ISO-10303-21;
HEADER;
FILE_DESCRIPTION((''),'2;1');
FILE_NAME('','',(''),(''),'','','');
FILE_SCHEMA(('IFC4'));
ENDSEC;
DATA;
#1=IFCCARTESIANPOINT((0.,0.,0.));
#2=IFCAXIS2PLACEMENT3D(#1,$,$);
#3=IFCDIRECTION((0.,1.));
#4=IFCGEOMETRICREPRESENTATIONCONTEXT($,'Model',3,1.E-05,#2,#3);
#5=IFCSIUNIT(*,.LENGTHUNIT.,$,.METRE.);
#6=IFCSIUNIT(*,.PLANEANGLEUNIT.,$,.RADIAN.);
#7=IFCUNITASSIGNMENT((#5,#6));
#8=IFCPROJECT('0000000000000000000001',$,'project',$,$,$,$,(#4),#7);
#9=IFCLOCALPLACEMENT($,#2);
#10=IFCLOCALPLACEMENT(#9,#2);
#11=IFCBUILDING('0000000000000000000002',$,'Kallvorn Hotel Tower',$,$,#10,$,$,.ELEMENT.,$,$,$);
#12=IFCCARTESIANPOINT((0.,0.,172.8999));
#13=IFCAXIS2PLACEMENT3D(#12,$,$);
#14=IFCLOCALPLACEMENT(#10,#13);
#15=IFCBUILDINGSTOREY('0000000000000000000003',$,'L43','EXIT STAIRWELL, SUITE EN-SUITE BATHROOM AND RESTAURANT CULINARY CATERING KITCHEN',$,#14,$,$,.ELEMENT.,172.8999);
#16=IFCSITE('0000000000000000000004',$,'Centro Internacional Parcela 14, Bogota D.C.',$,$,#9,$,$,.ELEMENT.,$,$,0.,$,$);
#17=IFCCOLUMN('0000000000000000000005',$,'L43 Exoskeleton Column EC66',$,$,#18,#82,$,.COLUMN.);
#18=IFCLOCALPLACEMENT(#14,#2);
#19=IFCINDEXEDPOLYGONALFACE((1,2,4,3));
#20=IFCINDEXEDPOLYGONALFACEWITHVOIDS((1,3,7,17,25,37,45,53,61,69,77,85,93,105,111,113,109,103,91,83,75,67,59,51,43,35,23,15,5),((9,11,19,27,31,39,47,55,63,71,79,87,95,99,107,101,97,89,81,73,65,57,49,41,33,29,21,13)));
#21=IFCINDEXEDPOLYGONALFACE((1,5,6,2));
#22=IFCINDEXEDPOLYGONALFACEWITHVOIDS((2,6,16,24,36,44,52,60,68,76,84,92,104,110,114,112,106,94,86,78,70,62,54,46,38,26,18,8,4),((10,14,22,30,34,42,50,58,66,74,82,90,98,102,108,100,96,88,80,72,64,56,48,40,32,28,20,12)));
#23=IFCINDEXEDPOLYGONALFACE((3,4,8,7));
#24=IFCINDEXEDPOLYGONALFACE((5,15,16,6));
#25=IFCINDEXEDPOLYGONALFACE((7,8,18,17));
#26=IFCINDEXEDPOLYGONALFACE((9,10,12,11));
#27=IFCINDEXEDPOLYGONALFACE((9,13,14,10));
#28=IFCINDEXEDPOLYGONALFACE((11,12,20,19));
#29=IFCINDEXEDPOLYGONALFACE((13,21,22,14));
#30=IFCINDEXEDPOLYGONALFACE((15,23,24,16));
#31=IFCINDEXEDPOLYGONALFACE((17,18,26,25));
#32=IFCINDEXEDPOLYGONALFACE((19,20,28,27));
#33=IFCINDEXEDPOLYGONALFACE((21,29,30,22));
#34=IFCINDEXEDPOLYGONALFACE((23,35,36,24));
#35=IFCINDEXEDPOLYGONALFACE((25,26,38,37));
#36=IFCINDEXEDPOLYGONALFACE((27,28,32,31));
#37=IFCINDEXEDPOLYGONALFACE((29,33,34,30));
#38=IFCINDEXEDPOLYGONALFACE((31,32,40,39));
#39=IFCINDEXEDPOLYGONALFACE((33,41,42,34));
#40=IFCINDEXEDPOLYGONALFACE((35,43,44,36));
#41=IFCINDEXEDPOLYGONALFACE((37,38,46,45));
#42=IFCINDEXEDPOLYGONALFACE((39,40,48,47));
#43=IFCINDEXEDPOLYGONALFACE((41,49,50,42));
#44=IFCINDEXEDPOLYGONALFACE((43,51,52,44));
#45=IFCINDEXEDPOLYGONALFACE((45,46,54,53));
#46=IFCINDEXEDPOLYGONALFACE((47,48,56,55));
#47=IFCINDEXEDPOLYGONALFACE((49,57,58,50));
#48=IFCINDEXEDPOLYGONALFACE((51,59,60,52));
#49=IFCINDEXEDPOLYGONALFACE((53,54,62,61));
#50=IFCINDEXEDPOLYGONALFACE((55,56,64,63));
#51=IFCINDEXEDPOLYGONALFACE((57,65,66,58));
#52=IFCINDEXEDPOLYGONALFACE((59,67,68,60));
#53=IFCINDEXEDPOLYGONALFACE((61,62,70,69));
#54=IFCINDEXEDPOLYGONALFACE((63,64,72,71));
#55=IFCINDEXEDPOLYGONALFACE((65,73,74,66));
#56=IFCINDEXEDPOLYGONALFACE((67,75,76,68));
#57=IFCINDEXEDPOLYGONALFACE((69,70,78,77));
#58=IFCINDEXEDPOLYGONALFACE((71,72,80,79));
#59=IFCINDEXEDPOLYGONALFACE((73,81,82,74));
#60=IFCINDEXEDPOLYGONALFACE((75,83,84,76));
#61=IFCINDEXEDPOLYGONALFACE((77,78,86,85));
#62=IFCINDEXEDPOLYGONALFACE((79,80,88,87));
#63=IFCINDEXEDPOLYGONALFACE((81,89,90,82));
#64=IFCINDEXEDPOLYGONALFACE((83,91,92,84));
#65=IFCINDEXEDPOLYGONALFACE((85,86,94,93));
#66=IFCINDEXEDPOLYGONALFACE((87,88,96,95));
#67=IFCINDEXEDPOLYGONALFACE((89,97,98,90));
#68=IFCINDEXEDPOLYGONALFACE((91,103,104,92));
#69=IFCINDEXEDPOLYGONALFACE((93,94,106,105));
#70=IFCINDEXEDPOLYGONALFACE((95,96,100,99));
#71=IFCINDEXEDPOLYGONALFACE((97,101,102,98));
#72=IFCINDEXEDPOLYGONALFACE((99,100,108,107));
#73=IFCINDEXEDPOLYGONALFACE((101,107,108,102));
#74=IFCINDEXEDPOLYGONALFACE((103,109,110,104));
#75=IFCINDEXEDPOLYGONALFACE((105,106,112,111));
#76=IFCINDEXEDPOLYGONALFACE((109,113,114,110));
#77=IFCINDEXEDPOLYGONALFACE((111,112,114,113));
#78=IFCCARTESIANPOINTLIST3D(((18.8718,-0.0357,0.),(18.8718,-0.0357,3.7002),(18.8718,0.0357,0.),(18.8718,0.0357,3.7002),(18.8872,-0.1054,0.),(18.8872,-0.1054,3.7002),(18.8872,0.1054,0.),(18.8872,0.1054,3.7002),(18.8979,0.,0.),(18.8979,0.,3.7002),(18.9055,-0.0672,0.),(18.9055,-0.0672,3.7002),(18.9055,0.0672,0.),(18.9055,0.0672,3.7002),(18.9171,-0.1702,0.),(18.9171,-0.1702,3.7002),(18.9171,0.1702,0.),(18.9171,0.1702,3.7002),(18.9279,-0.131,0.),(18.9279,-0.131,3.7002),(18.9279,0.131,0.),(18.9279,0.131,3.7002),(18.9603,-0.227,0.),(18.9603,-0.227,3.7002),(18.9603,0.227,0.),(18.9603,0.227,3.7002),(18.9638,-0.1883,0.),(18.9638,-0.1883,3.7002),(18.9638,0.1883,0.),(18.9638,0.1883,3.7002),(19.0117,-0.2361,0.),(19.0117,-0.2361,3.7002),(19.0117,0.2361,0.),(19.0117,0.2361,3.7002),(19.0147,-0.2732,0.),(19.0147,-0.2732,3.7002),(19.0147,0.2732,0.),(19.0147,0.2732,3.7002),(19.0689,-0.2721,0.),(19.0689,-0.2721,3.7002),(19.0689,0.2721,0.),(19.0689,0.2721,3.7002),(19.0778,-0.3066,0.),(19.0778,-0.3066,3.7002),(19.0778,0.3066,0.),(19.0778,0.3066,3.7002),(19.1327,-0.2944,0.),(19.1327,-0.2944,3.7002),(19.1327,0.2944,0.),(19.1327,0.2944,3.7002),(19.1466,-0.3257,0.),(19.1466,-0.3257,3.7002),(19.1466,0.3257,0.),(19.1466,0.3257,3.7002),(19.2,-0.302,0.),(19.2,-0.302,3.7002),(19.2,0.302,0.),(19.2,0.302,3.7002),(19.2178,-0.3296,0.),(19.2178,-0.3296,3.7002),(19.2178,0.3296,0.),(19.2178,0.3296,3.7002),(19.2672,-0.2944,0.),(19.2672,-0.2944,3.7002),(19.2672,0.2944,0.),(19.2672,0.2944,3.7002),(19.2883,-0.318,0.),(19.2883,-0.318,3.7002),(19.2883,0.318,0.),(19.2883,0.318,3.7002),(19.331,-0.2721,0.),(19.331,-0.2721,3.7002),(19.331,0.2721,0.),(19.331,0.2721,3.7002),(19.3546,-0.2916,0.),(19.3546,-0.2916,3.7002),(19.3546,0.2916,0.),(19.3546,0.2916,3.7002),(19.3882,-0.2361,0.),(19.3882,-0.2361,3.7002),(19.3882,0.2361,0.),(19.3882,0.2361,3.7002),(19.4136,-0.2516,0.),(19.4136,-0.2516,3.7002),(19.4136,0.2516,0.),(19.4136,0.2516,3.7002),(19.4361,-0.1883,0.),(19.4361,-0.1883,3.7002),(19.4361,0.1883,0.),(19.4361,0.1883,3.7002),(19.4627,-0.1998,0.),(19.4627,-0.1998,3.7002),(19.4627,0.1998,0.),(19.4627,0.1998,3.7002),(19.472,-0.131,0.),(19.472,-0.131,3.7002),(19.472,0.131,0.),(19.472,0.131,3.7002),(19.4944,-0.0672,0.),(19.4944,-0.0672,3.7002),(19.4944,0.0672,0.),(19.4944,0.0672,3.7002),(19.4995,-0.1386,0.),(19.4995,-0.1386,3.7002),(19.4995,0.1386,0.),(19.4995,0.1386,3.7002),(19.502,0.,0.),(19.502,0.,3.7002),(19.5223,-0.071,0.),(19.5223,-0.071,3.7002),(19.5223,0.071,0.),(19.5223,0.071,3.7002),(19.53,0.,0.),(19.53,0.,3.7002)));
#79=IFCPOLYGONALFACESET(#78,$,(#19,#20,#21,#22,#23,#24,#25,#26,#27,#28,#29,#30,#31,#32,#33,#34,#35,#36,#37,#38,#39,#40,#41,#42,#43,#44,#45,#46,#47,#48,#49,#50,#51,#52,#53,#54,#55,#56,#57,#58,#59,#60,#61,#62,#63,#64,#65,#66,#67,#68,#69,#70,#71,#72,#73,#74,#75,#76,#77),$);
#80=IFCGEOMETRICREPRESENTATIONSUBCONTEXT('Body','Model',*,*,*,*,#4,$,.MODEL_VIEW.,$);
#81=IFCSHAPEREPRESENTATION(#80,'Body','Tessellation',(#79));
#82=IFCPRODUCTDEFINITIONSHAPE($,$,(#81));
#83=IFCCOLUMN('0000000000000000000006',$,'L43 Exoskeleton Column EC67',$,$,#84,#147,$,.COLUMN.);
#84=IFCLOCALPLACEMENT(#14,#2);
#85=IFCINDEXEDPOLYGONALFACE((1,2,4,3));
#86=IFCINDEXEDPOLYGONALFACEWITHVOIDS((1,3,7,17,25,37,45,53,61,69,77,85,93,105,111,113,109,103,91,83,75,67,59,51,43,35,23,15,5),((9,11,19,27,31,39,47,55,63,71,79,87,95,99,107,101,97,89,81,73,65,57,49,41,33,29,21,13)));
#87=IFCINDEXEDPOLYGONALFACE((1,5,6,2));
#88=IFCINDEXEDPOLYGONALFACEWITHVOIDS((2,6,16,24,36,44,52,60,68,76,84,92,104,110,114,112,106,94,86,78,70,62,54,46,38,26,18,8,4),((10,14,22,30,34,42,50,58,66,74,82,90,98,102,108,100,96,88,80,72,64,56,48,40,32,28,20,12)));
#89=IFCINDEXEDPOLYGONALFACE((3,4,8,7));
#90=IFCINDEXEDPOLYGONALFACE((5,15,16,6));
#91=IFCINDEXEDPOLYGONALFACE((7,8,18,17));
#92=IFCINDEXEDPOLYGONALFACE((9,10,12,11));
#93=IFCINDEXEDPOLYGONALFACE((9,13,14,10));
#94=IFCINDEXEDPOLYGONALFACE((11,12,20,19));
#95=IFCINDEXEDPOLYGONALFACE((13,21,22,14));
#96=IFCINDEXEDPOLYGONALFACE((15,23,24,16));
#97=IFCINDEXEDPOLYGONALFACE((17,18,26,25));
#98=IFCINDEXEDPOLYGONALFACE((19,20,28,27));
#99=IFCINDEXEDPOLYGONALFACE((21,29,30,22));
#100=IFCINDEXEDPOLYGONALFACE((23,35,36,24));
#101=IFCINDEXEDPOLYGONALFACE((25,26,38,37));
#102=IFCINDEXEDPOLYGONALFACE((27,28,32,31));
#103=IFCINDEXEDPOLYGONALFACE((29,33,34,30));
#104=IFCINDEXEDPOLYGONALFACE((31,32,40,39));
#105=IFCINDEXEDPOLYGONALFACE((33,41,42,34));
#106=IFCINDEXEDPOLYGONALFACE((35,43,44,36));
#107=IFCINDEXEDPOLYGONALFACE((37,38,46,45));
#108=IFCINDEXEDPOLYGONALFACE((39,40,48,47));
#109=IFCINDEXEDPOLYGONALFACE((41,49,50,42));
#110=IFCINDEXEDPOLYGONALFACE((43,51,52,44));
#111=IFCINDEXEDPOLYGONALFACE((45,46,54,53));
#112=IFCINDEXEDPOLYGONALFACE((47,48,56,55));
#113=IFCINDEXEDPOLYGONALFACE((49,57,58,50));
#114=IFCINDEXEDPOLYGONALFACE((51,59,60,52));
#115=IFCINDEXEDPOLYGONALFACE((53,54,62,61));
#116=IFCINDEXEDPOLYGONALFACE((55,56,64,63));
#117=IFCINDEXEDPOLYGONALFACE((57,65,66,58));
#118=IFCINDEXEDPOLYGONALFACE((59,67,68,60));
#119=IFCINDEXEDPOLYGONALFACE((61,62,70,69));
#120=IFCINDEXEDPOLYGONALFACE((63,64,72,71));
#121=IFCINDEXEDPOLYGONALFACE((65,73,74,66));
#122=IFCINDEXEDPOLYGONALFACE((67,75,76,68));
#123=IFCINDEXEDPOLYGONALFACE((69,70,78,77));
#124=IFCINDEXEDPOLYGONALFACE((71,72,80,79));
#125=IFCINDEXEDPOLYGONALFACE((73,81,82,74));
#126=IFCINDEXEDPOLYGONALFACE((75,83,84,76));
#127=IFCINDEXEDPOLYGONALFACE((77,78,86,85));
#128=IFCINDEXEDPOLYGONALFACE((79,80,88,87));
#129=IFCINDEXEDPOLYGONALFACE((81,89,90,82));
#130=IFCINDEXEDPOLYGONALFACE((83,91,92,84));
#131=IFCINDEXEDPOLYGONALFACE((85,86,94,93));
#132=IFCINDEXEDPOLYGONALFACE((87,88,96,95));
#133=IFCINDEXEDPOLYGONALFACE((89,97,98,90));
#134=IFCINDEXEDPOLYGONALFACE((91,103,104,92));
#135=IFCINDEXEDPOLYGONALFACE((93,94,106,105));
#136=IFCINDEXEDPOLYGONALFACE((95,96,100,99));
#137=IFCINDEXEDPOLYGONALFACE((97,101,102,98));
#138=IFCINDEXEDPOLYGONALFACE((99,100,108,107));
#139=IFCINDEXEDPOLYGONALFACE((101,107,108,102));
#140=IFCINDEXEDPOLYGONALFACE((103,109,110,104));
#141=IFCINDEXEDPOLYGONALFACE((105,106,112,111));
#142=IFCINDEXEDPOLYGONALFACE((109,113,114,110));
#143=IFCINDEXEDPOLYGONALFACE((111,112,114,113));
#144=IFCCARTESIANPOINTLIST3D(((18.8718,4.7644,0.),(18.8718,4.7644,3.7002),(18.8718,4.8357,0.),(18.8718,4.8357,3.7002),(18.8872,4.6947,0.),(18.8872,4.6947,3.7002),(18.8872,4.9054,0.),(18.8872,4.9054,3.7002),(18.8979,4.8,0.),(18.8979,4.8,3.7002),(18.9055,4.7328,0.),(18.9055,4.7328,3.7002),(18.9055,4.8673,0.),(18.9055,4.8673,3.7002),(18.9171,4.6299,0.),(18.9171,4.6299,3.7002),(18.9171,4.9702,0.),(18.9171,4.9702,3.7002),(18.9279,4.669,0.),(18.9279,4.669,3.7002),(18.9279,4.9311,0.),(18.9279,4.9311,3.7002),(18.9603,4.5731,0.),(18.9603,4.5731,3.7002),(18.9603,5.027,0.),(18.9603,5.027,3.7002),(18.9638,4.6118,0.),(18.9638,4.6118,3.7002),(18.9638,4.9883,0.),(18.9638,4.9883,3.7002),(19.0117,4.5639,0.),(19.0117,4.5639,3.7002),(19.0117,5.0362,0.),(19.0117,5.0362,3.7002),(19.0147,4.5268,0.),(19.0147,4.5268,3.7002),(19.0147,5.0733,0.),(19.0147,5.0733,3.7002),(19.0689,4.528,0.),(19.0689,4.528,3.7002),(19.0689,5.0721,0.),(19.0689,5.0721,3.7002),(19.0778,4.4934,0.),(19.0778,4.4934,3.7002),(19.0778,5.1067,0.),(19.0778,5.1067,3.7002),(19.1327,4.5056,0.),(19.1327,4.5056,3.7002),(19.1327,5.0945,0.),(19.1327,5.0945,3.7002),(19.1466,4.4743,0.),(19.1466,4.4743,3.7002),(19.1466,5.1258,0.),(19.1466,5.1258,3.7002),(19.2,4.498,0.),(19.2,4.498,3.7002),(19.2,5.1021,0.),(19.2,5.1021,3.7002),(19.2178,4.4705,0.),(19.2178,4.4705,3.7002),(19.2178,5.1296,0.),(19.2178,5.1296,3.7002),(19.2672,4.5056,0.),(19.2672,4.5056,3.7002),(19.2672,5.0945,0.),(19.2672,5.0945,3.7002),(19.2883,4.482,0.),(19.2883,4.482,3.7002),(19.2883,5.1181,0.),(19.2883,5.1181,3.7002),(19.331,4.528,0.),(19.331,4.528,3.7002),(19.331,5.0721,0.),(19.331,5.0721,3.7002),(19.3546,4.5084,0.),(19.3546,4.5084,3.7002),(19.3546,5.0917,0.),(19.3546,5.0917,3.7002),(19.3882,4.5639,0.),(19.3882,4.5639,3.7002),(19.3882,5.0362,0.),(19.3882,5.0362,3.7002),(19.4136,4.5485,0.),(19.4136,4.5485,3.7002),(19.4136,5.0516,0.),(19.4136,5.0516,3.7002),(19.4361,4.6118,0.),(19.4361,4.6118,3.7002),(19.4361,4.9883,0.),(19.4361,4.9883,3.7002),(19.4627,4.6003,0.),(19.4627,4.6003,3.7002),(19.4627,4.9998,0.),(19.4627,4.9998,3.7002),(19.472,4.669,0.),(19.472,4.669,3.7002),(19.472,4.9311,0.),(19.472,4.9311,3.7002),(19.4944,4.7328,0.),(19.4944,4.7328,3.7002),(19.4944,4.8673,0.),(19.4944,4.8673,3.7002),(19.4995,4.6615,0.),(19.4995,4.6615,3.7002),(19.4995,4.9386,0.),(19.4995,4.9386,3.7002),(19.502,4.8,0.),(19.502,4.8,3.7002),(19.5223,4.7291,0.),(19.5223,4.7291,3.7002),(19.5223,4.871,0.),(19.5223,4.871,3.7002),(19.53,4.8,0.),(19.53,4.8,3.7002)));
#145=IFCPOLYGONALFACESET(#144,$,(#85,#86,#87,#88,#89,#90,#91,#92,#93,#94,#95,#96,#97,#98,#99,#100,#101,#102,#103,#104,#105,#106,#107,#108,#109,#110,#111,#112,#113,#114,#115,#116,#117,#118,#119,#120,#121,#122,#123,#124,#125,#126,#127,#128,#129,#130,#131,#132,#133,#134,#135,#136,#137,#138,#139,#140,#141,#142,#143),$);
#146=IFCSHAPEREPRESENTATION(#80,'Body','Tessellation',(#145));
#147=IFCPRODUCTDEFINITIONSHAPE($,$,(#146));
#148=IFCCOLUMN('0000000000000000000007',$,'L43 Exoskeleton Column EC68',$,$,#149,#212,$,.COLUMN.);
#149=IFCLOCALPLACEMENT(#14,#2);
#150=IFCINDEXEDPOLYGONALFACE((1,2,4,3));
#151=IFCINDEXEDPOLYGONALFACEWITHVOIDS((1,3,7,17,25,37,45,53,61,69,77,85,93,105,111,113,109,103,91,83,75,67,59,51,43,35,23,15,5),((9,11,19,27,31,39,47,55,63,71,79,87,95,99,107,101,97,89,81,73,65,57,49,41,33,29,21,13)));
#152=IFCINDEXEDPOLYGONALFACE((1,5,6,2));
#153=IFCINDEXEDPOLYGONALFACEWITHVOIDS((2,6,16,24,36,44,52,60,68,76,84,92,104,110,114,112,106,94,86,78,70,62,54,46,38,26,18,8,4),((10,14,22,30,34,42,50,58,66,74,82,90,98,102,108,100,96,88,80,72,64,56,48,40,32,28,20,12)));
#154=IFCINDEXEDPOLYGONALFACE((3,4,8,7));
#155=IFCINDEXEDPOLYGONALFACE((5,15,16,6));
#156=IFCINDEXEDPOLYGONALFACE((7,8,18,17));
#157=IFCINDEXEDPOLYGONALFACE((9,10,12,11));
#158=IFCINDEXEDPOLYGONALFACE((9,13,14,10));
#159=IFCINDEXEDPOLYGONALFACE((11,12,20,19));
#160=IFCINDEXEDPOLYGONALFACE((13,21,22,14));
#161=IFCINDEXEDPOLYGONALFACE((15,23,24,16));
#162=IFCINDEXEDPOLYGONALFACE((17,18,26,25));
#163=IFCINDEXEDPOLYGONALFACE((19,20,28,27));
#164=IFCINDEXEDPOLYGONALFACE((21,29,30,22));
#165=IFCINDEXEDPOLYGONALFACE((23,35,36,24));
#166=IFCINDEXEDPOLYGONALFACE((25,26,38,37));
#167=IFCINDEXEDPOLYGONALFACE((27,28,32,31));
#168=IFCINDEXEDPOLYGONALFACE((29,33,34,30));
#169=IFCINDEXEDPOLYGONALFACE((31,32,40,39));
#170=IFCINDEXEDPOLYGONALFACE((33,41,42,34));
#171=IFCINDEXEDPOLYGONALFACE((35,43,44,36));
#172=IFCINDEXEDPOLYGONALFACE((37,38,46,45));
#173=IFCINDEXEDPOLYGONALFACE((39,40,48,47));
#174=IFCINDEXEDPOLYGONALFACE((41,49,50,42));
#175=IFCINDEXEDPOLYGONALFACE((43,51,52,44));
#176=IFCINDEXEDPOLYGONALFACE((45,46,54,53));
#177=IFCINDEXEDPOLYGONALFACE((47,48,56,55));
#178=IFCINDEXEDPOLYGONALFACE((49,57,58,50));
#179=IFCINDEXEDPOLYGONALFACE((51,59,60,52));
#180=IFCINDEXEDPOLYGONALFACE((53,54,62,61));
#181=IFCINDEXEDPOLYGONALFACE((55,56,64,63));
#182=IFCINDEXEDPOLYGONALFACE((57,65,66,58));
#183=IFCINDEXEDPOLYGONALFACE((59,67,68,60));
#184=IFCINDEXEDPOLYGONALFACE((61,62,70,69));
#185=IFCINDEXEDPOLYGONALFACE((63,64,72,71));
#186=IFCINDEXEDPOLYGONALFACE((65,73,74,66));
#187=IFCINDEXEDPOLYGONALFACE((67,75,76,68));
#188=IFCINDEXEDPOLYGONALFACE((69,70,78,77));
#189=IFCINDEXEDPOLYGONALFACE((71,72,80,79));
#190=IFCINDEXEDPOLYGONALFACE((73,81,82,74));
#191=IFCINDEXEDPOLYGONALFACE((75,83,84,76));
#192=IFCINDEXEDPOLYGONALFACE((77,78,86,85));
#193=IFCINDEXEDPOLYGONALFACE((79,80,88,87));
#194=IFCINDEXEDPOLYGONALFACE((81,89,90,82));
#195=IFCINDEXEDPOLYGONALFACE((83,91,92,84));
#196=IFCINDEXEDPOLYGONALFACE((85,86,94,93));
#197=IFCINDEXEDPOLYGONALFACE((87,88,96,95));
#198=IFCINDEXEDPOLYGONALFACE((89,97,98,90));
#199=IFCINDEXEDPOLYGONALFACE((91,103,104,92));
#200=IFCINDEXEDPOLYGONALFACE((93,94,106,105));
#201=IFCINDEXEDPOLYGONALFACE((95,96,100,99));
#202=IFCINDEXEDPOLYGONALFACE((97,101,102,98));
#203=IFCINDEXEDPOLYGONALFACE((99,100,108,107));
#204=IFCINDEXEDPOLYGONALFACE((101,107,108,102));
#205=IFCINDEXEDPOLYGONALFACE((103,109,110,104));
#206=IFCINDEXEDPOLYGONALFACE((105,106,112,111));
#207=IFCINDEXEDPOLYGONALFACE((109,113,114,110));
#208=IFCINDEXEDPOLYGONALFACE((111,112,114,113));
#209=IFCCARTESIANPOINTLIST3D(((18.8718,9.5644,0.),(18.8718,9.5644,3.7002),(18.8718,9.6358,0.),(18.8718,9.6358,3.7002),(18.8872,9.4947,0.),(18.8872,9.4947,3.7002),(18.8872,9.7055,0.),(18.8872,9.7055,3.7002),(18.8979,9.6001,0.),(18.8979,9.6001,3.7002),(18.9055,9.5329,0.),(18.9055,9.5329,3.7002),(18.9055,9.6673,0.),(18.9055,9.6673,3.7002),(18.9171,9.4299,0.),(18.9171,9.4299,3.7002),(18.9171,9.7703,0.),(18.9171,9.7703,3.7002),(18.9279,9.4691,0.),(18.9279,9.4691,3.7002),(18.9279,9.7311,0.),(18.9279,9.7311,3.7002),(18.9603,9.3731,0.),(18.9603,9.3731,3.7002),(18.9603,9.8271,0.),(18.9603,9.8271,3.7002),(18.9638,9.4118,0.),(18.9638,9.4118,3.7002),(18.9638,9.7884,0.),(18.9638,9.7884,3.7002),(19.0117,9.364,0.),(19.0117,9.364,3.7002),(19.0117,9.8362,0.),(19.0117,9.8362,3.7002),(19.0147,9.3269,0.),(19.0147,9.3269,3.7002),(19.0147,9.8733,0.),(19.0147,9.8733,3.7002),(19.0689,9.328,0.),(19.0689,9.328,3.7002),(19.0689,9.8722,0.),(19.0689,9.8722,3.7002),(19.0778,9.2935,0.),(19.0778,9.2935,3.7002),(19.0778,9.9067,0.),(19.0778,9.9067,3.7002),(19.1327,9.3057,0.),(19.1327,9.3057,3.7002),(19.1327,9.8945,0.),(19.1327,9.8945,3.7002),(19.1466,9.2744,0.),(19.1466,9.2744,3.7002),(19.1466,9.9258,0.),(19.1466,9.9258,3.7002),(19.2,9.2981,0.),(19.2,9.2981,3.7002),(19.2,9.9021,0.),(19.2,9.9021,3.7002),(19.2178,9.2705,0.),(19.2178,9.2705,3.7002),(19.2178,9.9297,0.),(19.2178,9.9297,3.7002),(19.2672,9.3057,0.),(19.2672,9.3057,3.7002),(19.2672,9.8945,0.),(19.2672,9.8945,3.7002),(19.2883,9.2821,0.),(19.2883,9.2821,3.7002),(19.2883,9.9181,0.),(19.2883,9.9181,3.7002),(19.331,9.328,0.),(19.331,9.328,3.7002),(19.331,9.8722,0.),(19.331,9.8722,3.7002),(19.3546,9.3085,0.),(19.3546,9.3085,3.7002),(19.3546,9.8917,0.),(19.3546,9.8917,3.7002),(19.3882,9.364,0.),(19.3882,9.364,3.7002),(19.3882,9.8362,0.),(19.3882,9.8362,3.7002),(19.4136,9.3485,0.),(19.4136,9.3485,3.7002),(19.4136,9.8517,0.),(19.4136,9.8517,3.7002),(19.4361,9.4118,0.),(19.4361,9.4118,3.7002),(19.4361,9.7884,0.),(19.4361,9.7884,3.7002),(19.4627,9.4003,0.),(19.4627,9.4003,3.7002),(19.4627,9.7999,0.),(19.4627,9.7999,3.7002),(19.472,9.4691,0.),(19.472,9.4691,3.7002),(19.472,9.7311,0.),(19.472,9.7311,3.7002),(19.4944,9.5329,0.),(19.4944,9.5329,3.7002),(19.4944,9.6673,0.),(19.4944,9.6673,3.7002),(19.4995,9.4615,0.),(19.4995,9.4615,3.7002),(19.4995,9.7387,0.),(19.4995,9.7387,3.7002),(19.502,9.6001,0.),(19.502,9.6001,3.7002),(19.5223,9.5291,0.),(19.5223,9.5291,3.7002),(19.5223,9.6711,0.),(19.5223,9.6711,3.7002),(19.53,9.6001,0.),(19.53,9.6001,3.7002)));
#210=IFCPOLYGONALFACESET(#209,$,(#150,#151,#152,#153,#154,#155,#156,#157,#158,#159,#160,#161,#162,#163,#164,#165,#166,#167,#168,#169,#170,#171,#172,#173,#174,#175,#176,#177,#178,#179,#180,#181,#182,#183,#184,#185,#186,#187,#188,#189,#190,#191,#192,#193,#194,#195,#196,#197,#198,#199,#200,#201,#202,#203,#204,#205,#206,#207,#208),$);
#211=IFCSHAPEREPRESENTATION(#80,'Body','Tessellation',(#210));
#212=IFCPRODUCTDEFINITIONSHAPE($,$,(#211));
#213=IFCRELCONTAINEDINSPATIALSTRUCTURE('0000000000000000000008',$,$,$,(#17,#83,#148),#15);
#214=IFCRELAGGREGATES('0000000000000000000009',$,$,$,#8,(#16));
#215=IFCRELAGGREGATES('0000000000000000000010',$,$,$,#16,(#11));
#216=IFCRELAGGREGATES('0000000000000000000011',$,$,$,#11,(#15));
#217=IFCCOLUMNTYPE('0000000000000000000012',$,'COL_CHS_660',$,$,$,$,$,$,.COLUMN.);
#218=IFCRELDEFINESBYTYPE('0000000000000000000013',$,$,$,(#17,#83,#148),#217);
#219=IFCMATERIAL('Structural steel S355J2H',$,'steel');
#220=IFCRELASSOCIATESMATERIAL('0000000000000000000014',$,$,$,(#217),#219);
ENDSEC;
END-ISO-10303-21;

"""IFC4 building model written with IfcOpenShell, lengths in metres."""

from ifc_helpers import new_model, si_unit, direction, frame, origin, origin_2d, place, context, subcontext, project, spatial, hollow_circle, extrude, material, material_profile, profile_set, type_object, element, save


model = new_model("IFC4")

# Units and contexts
model_context = context("Model", 3, precision=1e-05, world=origin(), true_north=direction((0.0, 1.0)))
body_context = subcontext(model_context, "Body", "Model", "MODEL_VIEW")
ifc_project = project(units=[si_unit("LENGTHUNIT", "METRE"), si_unit("PLANEANGLEUNIT", "RADIAN")], contexts=[model_context])

# Site, building, storey
site_placement = place(None, origin())
site = spatial("IfcSite", under=ifc_project, at=site_placement, Name="Centro Internacional Parcela 14, Bogota D.C.", CompositionType="ELEMENT", RefElevation=0.0)
building_placement = place(site_placement, origin())
building = spatial("IfcBuilding", under=site, at=building_placement, Name="Kallvorn Hotel Tower", CompositionType="ELEMENT")
storey_placement = place(building_placement, frame((0.0, 0.0, 172.8999)))
storey = spatial("IfcBuildingStorey", under=building, at=storey_placement, Name="L43", Description="EXIT STAIRWELL, SUITE EN-SUITE BATHROOM AND RESTAURANT CULINARY CATERING KITCHEN", CompositionType="ELEMENT", Elevation=172.8999)

# Columns
ifc_material_1 = material(Name="Structural steel S355J2H", Category="steel")
ifc_material_profile_1 = material_profile(ifc_material_1, hollow_circle(Radius=0.3301, WallThickness=0.0281, at=origin_2d()), Name="CHS 660x28")
ifc_profile_set_1 = profile_set([ifc_material_profile_1], Name="Structural steel S355J2H")
column_type_1 = type_object("IfcColumnType", Name="COL_CHS_660", PredefinedType="COLUMN", material=ifc_profile_set_1)
for number, where, z_axis, x_axis, name in (
    (1, (19.2, 0.0, 0.0), (0.0, 0.0, 1.0), (1.0, 0.0, 0.0), "L43 Exoskeleton Column EC66"),
    (2, (19.2, 4.8, 0.0), (0.0, 0.0, 1.0), (1.0, 0.0, 0.0), "L43 Exoskeleton Column EC67"),
    (3, (19.2, 9.6001, 0.0), (0.0, 0.0, 1.0), (1.0, 0.0, 0.0), "L43 Exoskeleton Column EC68"),
):
    element("IfcColumn", number, at=place(storey_placement, frame(where, z_axis=z_axis, x_axis=x_axis)), inside=storey, type_object=column_type_1, Name=name, PredefinedType="COLUMN", context=body_context, shape_type="SweptSolid", body=[
        extrude(hollow_circle(Radius=0.3301, WallThickness=0.0281, at=origin_2d()), origin(), (0.0, 0.0, 1.0), 3.7002),
    ])

save(model, "model.ifc")
